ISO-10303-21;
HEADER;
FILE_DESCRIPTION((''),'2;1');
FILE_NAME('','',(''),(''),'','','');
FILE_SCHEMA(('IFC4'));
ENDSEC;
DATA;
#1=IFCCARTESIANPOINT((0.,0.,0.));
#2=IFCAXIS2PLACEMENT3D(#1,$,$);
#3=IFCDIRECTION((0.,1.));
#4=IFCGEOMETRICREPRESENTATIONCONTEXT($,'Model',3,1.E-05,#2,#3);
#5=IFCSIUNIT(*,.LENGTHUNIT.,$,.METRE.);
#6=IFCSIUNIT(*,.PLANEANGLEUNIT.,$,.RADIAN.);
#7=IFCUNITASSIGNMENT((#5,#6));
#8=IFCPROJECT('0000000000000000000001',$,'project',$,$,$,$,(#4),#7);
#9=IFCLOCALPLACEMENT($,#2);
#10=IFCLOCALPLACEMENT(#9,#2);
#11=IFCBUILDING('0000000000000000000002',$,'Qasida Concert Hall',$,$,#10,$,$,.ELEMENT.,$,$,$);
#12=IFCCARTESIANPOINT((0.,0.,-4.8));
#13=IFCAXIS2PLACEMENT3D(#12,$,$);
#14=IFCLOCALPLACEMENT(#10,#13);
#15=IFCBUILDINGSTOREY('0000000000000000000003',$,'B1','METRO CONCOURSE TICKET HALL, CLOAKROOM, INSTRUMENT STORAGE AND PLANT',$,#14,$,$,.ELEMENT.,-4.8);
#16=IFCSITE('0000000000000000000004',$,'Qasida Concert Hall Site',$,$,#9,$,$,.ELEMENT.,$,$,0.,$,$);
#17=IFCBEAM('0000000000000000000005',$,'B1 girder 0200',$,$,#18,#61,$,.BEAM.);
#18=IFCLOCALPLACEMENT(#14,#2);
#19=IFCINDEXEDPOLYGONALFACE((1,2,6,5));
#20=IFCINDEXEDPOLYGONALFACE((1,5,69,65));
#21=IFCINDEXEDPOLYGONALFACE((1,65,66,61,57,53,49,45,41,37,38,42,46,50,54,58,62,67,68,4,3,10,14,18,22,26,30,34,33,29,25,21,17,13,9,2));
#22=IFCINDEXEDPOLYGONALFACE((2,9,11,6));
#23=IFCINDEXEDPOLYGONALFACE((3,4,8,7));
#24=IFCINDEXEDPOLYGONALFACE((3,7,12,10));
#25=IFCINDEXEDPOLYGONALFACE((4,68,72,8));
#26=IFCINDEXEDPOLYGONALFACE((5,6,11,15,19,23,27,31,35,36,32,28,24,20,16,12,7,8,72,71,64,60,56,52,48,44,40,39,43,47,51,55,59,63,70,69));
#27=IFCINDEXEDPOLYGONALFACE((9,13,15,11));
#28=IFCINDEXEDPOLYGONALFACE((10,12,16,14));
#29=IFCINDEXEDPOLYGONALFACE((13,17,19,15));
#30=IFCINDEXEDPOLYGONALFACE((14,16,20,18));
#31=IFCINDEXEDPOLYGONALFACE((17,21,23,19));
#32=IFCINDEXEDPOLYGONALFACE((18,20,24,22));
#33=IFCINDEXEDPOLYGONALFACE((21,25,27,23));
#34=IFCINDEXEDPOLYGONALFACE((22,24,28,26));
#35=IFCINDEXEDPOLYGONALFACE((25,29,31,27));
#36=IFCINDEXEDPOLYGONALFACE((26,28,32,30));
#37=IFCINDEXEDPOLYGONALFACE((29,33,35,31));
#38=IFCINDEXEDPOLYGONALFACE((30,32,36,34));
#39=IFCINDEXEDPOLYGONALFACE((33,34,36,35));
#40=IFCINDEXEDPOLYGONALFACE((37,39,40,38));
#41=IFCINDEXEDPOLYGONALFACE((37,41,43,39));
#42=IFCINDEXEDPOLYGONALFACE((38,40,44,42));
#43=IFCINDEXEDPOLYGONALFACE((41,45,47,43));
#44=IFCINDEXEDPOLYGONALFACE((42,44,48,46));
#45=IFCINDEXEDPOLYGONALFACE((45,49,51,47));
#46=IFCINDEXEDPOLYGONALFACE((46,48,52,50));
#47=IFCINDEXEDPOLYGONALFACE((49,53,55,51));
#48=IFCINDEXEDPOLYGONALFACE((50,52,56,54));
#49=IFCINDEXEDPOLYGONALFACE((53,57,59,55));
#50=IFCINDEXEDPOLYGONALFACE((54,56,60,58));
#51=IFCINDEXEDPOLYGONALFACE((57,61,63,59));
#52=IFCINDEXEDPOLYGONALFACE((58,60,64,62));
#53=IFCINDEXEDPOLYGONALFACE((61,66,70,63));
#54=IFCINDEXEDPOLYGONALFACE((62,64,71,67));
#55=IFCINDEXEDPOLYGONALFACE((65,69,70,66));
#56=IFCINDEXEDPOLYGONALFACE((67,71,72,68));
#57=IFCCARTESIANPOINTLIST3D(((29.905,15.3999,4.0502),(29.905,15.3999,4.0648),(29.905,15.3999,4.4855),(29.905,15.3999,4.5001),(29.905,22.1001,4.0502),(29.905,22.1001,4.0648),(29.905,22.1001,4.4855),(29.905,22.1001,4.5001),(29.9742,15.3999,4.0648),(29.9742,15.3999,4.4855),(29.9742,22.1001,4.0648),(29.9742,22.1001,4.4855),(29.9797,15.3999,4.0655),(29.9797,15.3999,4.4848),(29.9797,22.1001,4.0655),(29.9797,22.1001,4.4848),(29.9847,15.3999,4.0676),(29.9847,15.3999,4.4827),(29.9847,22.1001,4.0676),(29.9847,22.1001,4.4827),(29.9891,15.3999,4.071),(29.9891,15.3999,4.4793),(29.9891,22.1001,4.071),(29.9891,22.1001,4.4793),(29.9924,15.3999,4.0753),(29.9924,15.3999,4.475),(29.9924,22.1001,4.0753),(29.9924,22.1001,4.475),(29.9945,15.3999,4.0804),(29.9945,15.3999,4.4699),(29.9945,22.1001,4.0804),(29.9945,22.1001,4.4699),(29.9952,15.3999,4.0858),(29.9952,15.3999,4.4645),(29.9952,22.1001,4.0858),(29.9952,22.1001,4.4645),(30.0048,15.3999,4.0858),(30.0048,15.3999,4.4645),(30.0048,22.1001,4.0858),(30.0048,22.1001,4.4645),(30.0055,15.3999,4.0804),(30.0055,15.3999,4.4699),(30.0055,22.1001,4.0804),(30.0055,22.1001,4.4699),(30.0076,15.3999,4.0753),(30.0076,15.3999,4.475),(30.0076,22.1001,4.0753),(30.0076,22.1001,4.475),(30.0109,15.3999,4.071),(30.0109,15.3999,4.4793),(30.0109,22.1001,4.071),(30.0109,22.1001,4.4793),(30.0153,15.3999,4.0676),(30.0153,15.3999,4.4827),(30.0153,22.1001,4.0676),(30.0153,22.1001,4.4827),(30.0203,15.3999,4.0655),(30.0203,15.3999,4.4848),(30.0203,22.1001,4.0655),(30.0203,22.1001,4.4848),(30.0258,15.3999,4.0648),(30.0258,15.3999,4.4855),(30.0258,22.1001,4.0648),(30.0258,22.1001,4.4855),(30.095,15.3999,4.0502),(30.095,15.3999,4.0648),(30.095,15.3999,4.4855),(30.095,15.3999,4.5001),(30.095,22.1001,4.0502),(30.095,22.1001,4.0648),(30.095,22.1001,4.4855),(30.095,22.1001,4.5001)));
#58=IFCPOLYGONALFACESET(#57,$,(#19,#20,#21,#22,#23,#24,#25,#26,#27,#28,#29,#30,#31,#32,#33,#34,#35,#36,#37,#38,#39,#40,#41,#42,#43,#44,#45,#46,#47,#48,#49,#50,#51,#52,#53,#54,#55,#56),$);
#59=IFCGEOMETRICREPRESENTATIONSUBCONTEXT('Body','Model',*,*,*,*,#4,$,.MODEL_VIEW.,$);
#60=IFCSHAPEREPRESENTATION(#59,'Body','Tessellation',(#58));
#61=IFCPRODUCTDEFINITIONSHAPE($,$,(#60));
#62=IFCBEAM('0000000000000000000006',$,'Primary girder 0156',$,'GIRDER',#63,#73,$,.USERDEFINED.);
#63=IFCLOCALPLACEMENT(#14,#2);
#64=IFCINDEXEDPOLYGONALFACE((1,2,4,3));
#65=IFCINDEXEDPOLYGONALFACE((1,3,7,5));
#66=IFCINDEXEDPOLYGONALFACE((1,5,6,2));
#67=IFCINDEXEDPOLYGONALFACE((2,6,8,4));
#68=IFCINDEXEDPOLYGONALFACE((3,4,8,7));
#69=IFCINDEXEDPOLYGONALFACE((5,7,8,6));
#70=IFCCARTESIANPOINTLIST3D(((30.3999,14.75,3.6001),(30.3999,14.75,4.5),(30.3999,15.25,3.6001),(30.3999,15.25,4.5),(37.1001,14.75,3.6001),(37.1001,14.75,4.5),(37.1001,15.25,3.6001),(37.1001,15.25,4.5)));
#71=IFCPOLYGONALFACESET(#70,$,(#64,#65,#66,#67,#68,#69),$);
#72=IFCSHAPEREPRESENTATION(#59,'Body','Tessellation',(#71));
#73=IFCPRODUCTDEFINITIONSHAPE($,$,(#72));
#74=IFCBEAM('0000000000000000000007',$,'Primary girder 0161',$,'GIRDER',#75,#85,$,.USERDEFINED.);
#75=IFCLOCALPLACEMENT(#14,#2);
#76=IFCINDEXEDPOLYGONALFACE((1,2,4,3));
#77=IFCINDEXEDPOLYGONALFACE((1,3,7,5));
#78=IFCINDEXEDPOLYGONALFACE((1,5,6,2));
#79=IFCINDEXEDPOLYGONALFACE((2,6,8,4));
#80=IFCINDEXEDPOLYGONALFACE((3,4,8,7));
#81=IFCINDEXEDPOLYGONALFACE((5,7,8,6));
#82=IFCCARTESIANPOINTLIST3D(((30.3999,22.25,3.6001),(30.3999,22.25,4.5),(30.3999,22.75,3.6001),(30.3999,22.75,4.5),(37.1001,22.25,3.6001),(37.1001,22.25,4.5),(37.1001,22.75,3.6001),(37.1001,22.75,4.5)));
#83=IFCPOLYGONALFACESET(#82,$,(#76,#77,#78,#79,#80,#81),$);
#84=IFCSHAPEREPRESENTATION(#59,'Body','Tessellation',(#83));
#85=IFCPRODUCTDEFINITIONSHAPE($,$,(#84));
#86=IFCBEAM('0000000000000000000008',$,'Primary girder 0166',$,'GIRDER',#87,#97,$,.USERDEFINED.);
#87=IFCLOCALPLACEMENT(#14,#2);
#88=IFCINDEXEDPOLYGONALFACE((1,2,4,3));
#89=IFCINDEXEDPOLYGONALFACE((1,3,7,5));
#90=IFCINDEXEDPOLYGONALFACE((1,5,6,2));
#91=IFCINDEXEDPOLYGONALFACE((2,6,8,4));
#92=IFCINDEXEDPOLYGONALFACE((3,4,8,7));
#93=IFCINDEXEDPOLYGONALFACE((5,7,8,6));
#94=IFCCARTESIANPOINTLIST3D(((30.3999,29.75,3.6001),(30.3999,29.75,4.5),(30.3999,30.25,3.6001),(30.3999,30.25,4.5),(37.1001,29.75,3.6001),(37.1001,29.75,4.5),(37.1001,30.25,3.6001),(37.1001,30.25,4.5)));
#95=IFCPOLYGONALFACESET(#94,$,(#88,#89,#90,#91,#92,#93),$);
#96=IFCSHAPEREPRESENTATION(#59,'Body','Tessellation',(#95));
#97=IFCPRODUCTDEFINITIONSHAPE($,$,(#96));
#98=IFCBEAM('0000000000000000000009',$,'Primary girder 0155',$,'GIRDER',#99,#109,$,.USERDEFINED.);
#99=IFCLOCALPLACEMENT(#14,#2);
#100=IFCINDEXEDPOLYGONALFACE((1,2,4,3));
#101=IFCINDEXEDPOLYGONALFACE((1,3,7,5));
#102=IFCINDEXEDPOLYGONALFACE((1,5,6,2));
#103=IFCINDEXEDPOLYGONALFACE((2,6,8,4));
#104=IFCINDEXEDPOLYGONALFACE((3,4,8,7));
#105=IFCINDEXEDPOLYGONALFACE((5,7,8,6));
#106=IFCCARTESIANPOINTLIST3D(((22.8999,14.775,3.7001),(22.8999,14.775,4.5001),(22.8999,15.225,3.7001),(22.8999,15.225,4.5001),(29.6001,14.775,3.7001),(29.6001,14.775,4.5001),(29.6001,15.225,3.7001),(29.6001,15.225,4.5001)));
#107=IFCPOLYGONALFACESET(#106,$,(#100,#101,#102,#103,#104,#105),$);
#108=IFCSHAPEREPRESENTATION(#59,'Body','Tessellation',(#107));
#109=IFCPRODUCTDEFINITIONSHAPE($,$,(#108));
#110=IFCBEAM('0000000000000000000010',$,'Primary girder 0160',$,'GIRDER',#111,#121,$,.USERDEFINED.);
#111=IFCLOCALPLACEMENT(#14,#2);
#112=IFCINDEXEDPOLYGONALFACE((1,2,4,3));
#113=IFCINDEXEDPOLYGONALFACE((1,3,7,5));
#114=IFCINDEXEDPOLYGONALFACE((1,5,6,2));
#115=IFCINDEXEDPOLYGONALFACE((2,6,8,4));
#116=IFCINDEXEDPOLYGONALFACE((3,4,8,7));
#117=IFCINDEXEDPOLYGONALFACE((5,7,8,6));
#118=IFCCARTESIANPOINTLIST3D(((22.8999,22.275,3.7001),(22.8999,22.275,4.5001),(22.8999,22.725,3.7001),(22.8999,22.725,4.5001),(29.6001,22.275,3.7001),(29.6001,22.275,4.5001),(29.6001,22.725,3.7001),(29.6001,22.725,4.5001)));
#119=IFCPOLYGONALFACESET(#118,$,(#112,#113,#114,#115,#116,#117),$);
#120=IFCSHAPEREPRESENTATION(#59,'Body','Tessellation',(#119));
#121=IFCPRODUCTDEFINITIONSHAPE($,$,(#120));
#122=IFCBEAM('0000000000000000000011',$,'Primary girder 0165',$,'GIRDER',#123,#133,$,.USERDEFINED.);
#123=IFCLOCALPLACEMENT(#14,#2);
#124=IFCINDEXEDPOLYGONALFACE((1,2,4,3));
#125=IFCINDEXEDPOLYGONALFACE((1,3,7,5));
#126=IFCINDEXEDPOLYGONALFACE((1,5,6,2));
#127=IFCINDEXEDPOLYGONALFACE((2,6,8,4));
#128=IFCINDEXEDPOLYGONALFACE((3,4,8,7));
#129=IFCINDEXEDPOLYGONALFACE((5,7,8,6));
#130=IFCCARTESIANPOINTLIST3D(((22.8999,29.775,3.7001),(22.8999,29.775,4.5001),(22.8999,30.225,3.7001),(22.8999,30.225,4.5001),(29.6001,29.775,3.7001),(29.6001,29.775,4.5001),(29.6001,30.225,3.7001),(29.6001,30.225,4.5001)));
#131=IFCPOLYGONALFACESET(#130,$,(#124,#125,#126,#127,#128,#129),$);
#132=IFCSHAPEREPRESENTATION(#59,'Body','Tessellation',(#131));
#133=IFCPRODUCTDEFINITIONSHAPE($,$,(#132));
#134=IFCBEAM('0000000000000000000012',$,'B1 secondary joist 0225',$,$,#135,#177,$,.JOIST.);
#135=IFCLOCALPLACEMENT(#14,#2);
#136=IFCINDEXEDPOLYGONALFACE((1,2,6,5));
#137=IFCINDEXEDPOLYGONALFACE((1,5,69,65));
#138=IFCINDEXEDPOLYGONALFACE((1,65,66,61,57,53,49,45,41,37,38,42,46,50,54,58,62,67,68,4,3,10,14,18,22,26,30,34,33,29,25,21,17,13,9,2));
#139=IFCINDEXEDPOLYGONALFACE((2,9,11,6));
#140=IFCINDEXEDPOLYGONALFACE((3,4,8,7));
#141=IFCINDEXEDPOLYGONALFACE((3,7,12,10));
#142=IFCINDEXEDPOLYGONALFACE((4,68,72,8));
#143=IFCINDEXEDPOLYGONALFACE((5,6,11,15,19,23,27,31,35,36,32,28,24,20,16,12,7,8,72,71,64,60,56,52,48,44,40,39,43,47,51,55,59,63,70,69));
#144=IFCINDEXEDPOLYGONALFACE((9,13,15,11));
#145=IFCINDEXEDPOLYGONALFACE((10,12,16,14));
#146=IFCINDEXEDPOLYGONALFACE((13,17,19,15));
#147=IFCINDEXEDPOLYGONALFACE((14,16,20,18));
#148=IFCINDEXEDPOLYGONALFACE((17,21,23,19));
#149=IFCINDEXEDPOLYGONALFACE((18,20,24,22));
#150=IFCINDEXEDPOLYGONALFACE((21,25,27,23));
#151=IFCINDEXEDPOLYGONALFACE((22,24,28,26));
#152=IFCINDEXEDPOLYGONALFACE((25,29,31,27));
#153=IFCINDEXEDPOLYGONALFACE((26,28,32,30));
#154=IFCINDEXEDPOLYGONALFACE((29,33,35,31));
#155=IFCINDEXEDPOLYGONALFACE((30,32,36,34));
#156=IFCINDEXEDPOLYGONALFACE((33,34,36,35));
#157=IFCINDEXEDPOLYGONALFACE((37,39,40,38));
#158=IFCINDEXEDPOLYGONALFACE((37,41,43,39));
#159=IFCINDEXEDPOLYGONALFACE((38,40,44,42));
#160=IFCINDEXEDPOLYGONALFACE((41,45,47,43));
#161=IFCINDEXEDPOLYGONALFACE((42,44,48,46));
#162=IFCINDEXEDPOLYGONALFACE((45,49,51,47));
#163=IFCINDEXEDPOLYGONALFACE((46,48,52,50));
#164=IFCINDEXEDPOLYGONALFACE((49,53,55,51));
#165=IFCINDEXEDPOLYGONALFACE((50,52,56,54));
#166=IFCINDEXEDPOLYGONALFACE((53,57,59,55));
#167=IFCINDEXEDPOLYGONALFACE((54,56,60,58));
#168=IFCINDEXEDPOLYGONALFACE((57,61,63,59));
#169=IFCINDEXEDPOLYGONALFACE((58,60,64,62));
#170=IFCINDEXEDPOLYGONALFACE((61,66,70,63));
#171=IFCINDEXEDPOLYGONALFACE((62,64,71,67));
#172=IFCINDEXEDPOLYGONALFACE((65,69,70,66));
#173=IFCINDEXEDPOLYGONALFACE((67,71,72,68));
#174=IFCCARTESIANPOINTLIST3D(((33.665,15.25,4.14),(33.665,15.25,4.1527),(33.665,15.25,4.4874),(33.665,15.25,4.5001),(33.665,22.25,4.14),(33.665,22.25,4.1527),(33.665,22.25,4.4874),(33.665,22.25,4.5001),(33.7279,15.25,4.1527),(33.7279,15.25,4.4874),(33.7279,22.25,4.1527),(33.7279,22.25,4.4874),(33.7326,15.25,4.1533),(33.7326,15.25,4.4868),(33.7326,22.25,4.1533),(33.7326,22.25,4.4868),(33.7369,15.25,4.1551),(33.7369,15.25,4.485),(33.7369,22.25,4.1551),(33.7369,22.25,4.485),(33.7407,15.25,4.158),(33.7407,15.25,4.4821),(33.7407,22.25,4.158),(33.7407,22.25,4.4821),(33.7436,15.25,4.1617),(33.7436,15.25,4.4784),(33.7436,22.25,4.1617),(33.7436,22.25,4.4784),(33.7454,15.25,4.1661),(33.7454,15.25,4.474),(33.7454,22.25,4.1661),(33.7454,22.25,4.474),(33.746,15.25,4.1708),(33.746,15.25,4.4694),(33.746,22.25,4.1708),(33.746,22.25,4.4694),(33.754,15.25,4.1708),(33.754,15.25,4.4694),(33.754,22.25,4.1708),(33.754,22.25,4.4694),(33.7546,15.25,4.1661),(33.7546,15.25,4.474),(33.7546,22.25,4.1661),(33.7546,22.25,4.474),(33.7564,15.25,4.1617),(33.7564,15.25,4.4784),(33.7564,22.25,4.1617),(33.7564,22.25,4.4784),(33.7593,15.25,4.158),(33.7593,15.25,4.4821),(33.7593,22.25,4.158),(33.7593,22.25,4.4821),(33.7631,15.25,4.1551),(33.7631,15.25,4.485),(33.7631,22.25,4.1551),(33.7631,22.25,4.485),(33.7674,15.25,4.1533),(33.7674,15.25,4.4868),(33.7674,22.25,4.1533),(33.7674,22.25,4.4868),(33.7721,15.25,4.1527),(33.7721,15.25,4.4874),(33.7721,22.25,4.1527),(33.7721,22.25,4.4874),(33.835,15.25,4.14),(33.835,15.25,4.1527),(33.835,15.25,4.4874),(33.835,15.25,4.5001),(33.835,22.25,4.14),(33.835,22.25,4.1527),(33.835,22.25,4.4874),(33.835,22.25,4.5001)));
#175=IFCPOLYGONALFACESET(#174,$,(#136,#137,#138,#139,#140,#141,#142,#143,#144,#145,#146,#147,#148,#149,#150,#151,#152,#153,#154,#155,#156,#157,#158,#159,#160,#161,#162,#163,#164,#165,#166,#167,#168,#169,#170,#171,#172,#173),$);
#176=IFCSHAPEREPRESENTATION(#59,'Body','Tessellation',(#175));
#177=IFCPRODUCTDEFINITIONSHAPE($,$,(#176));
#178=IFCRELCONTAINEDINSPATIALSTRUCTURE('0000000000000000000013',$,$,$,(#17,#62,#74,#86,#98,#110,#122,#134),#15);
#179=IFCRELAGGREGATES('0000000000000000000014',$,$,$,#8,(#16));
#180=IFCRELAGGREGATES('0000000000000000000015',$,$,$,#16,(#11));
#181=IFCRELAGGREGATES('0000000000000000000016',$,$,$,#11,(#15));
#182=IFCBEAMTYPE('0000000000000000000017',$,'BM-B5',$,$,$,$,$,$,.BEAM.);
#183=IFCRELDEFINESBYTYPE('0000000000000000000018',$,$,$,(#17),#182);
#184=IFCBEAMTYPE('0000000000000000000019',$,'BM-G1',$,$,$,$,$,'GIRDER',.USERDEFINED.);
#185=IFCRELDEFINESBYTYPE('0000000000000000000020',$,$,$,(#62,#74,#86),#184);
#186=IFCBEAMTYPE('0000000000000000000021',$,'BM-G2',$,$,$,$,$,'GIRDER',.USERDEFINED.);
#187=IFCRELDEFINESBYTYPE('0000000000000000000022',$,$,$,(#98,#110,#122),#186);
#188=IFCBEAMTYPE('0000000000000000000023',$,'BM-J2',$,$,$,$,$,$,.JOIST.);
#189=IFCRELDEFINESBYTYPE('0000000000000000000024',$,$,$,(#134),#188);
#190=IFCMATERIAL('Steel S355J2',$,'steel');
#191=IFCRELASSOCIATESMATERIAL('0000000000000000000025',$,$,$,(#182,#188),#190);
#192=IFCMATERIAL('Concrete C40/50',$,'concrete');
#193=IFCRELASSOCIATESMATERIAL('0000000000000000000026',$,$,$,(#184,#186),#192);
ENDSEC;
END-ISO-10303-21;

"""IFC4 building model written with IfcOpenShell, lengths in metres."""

from ifc_helpers import new_model, si_unit, direction, frame, origin, origin_2d, place, context, subcontext, project, spatial, rectangle, i_section, extrude, material, material_profile, profile_set, type_object, element, save


model = new_model("IFC4")

# Units and contexts
model_context = context("Model", 3, precision=1e-05, world=origin(), true_north=direction((0.0, 1.0)))
body_context = subcontext(model_context, "Body", "Model", "MODEL_VIEW")
ifc_project = project(units=[si_unit("LENGTHUNIT", "METRE"), si_unit("PLANEANGLEUNIT", "RADIAN")], contexts=[model_context])

# Site, building, storey
site_placement = place(None, origin())
site = spatial("IfcSite", under=ifc_project, at=site_placement, Name="Qasida Concert Hall Site", CompositionType="ELEMENT", RefElevation=0.0)
building_placement = place(site_placement, origin())
building = spatial("IfcBuilding", under=site, at=building_placement, Name="Qasida Concert Hall", CompositionType="ELEMENT")
storey_placement = place(building_placement, frame((0.0, 0.0, -4.8)))
storey = spatial("IfcBuildingStorey", under=building, at=storey_placement, Name="B1", Description="METRO CONCOURSE TICKET HALL, CLOAKROOM, INSTRUMENT STORAGE AND PLANT", CompositionType="ELEMENT", Elevation=-4.8)

# Shared definitions
ifc_material_1 = material(Name="Concrete C40/50", Category="concrete")

# Beams
ifc_material_2 = material(Name="Steel S355J2", Category="steel")
ifc_material_profile_1 = material_profile(ifc_material_2, i_section(OverallWidth=0.1899, OverallDepth=0.45, WebThickness=0.0095, FlangeThickness=0.0146, FilletRadius=0.021, at=origin_2d()), Name="IPE 450")
ifc_profile_set_1 = profile_set([ifc_material_profile_1], Name="Steel S355J2")
beam_type_1 = type_object("IfcBeamType", Name="BM-B5", PredefinedType="BEAM", material=ifc_profile_set_1)
beam_1_placement = place(storey_placement, frame((30.0, 15.3999, 4.2751), z_axis=(0.0, 1.0, 0.0), x_axis=(-1.0, 0.0, 0.0)))
element("IfcBeam", 1, at=beam_1_placement, inside=storey, type_object=beam_type_1, Name="B1 girder 0200", PredefinedType="BEAM", context=body_context, shape_type="SweptSolid", body=[
    extrude(i_section(OverallWidth=0.1899, OverallDepth=0.45, WebThickness=0.0095, FlangeThickness=0.0146, FilletRadius=0.021, at=origin_2d()), origin(), (0.0, 0.0, 1.0), 6.7002),
])
ifc_material_profile_2 = material_profile(ifc_material_1, rectangle(XDim=0.5, YDim=0.8999, at=origin_2d()), Name="RC 500x900")
ifc_profile_set_2 = profile_set([ifc_material_profile_2], Name="Concrete C40/50")
beam_type_2 = type_object("IfcBeamType", Name="BM-G1", ElementType="GIRDER", PredefinedType="USERDEFINED", material=ifc_profile_set_2)
for number, where, z_axis, x_axis, name in (
    (2, (30.3999, 15.0, 4.05), (1.0, 0.0, 0.0), (0.0, 1.0, 0.0), "Primary girder 0156"),
    (3, (30.3999, 22.5, 4.05), (1.0, 0.0, 0.0), (0.0, 1.0, 0.0), "Primary girder 0161"),
    (4, (30.3999, 30.0, 4.05), (1.0, 0.0, 0.0), (0.0, 1.0, 0.0), "Primary girder 0166"),
):
    element("IfcBeam", number, at=place(storey_placement, frame(where, z_axis=z_axis, x_axis=x_axis)), inside=storey, type_object=beam_type_2, Name=name, ObjectType="GIRDER", PredefinedType="USERDEFINED", context=body_context, shape_type="SweptSolid", body=[
        extrude(rectangle(XDim=0.5, YDim=0.8999, at=origin_2d()), origin(), (0.0, 0.0, 1.0), 6.7002),
    ])
ifc_material_profile_3 = material_profile(ifc_material_1, rectangle(XDim=0.45, YDim=0.8, at=origin_2d()), Name="RC 450x800")
ifc_profile_set_3 = profile_set([ifc_material_profile_3], Name="Concrete C40/50")
beam_type_3 = type_object("IfcBeamType", Name="BM-G2", ElementType="GIRDER", PredefinedType="USERDEFINED", material=ifc_profile_set_3)
for number, where, z_axis, x_axis, name in (
    (5, (22.8999, 15.0, 4.1001), (1.0, 0.0, 0.0), (0.0, 1.0, 0.0), "Primary girder 0155"),
    (6, (22.8999, 22.5, 4.1001), (1.0, 0.0, 0.0), (0.0, 1.0, 0.0), "Primary girder 0160"),
    (7, (22.8999, 30.0, 4.1001), (1.0, 0.0, 0.0), (0.0, 1.0, 0.0), "Primary girder 0165"),
):
    element("IfcBeam", number, at=place(storey_placement, frame(where, z_axis=z_axis, x_axis=x_axis)), inside=storey, type_object=beam_type_3, Name=name, ObjectType="GIRDER", PredefinedType="USERDEFINED", context=body_context, shape_type="SweptSolid", body=[
        extrude(rectangle(XDim=0.45, YDim=0.8, at=origin_2d()), origin(), (0.0, 0.0, 1.0), 6.7002),
    ])
ifc_material_profile_4 = material_profile(ifc_material_2, i_section(OverallWidth=0.1699, OverallDepth=0.3601, WebThickness=0.0081, FlangeThickness=0.0127, FilletRadius=0.0181, at=origin_2d()), Name="IPE 360")
ifc_profile_set_4 = profile_set([ifc_material_profile_4], Name="Steel S355J2")
beam_type_4 = type_object("IfcBeamType", Name="BM-J2", PredefinedType="JOIST", material=ifc_profile_set_4)
beam_2_placement = place(storey_placement, frame((33.75, 15.25, 4.3201), z_axis=(0.0, 1.0, 0.0), x_axis=(-1.0, 0.0, 0.0)))
element("IfcBeam", 8, at=beam_2_placement, inside=storey, type_object=beam_type_4, Name="B1 secondary joist 0225", PredefinedType="JOIST", context=body_context, shape_type="SweptSolid", body=[
    extrude(i_section(OverallWidth=0.1699, OverallDepth=0.3601, WebThickness=0.0081, FlangeThickness=0.0127, FilletRadius=0.0181, at=origin_2d()), origin(), (0.0, 0.0, 1.0), 7.0),
])

save(model, "model.ifc")
